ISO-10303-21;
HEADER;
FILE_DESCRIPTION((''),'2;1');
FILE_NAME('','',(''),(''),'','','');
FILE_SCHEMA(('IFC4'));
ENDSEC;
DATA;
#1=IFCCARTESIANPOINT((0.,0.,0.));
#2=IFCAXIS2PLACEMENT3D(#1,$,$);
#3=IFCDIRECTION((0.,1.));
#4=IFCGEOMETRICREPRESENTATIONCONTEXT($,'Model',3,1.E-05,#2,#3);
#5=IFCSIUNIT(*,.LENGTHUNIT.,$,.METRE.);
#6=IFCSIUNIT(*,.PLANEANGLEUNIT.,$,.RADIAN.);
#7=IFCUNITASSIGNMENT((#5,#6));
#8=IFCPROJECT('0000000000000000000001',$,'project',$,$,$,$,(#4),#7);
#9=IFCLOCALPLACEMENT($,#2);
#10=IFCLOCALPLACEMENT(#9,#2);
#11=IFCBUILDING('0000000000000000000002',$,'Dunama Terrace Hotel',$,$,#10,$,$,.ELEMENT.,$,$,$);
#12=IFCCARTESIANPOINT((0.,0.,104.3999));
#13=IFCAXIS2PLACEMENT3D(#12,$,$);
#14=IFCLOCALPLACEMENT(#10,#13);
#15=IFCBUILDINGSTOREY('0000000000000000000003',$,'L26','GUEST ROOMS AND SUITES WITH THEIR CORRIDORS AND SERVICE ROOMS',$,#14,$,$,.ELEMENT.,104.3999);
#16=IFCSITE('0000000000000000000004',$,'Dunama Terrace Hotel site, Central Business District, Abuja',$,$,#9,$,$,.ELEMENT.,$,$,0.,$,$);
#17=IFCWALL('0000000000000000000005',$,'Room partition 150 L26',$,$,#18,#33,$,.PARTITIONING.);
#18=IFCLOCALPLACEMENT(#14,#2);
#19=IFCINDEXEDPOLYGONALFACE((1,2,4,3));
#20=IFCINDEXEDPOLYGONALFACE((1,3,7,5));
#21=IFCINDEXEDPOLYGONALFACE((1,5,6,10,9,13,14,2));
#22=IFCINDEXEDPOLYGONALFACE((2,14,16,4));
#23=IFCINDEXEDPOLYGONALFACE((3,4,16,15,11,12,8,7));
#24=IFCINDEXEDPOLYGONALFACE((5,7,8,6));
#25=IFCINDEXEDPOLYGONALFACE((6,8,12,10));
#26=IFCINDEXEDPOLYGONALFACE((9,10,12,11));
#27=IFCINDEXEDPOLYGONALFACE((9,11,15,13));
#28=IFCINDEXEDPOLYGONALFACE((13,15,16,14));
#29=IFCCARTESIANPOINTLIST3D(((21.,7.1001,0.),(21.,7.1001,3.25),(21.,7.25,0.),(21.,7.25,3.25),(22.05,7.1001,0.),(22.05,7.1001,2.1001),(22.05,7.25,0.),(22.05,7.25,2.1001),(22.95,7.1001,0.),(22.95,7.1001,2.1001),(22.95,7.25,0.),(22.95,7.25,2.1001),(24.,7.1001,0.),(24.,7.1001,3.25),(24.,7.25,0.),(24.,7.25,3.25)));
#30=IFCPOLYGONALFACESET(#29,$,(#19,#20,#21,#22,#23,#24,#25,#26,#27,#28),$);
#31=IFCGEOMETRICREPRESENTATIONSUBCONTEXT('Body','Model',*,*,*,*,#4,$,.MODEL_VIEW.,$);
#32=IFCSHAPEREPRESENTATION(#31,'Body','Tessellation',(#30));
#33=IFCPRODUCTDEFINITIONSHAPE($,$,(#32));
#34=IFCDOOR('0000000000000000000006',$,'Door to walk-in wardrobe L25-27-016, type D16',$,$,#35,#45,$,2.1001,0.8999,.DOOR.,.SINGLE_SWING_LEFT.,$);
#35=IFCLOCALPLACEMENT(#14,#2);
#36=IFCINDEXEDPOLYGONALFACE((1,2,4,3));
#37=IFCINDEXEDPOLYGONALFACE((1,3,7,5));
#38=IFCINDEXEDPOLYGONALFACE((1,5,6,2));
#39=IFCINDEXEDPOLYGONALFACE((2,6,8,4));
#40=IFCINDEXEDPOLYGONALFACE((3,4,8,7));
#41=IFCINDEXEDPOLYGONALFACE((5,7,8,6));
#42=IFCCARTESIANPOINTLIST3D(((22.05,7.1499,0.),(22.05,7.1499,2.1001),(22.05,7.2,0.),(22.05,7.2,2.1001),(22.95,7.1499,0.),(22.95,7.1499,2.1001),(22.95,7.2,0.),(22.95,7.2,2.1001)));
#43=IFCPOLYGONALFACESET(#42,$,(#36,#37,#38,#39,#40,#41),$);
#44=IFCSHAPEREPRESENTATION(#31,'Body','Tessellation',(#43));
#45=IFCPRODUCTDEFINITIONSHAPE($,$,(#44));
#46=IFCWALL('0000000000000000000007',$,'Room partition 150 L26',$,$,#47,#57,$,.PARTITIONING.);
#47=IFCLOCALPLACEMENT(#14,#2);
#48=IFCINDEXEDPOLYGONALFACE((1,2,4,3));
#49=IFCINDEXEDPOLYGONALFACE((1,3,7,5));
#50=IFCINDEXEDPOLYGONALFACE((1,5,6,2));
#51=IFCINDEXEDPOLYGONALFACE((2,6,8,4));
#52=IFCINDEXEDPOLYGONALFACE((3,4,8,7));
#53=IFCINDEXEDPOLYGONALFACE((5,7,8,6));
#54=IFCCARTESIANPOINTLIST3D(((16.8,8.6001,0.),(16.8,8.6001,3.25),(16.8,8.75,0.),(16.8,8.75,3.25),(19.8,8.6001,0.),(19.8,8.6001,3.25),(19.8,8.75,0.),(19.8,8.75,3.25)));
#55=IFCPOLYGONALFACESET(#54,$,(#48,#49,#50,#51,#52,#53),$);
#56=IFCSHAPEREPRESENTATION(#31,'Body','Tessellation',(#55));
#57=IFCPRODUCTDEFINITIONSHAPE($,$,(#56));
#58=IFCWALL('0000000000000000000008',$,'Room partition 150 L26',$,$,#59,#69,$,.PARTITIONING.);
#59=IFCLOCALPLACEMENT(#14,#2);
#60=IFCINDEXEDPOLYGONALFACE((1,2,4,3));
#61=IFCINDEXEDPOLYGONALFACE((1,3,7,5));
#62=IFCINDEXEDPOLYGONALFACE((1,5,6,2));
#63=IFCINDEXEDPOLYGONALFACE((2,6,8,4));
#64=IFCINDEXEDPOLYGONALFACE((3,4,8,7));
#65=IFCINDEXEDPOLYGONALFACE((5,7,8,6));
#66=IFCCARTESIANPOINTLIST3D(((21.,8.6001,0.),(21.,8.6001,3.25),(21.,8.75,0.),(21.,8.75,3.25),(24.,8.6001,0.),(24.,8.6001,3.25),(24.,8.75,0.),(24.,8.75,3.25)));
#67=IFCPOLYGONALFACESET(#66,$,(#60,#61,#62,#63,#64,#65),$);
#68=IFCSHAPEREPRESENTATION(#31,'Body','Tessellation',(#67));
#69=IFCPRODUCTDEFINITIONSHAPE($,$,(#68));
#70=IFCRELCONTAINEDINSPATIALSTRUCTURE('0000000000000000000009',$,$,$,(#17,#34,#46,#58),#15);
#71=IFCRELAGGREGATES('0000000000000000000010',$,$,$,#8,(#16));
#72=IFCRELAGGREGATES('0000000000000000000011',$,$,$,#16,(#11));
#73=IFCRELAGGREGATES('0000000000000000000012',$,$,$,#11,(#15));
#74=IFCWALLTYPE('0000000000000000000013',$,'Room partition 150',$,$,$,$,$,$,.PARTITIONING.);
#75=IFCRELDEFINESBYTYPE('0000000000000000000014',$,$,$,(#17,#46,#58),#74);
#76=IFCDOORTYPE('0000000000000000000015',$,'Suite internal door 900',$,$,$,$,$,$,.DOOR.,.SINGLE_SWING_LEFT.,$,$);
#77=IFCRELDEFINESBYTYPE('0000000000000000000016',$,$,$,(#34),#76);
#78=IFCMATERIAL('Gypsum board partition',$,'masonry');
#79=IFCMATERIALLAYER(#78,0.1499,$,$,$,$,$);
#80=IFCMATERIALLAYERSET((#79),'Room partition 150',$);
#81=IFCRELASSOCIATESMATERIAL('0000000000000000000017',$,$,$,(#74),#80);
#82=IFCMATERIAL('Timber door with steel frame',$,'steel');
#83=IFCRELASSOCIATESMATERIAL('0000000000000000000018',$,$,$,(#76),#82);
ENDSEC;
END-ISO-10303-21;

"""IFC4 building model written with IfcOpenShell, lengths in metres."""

from ifc_helpers import new_model, si_unit, direction, frame, frame_2d, origin, place, context, subcontext, project, spatial, rectangle, extrude, material, layer, layer_set, type_object, element, fill, save


model = new_model("IFC4")

# Units and contexts
model_context = context("Model", 3, precision=1e-05, world=origin(), true_north=direction((0.0, 1.0)))
body_context = subcontext(model_context, "Body", "Model", "MODEL_VIEW")
ifc_project = project(units=[si_unit("LENGTHUNIT", "METRE"), si_unit("PLANEANGLEUNIT", "RADIAN")], contexts=[model_context])

# Site, building, storey
site_placement = place(None, origin())
site = spatial("IfcSite", under=ifc_project, at=site_placement, Name="Dunama Terrace Hotel site, Central Business District, Abuja", CompositionType="ELEMENT", RefElevation=0.0)
building_placement = place(site_placement, origin())
building = spatial("IfcBuilding", under=site, at=building_placement, Name="Dunama Terrace Hotel", CompositionType="ELEMENT")
storey_placement = place(building_placement, frame((0.0, 0.0, 104.3999)))
storey = spatial("IfcBuildingStorey", under=building, at=storey_placement, Name="L26", Description="GUEST ROOMS AND SUITES WITH THEIR CORRIDORS AND SERVICE ROOMS", CompositionType="ELEMENT", Elevation=104.3999)

# Shared definitions
ifc_material_1 = material(Name="Gypsum board partition", Category="masonry")
ifc_layer_1 = layer(ifc_material_1, 0.1499)
ifc_layer_set_1 = layer_set([ifc_layer_1], Name="Room partition 150")
wall_type_1 = type_object("IfcWallType", Name="Room partition 150", PredefinedType="PARTITIONING", material=ifc_layer_set_1)

# Wall, opening, door
ifc_material_2 = material(Name="Timber door with steel frame", Category="steel")
door_type_1 = type_object("IfcDoorType", Name="Suite internal door 900", OperationType="SINGLE_SWING_LEFT", PredefinedType="DOOR", material=ifc_material_2)
wall_1_placement = place(storey_placement, frame((21.0, 7.175, 0.0), z_axis=(0.0, 0.0, 1.0), x_axis=(1.0, 0.0, 0.0)))
wall_1 = element("IfcWall", 1, at=wall_1_placement, inside=storey, type_object=wall_type_1, Name="Room partition 150 L26", PredefinedType="PARTITIONING", context=body_context, shape_type="SweptSolid", body=[
    extrude(rectangle(XDim=3.0, YDim=0.1499, at=frame_2d((1.5, 0.0))), origin(), (0.0, 0.0, 1.0), 3.25),
])
opening_1_placement = place(wall_1_placement, frame((1.05, 0.0, 0.0)))
opening_1 = element("IfcOpeningElement", 2, at=opening_1_placement, cuts=wall_1, PredefinedType="OPENING", context=body_context, shape_type="SweptSolid", body=[
    extrude(rectangle(XDim=0.8999, YDim=2.1001, at=frame_2d((0.45, 1.05))), frame((0.0, 0.085, 0.0), z_axis=(0.0, -1.0, 0.0), x_axis=(1.0, 0.0, 0.0)), (0.0, 0.0, 1.0), 0.1699),
])
door_1_placement = place(opening_1_placement, origin())
door_1 = element("IfcDoor", 3, at=door_1_placement, inside=storey, type_object=door_type_1, Name="Door to walk-in wardrobe L25-27-016, type D16", OperationType="SINGLE_SWING_LEFT", OverallHeight=2.1001, OverallWidth=0.8999, PredefinedType="DOOR", context=body_context, shape_type="SweptSolid", body=[
    extrude(rectangle(XDim=0.8999, YDim=2.1001, at=frame_2d((0.45, 1.05))), frame((0.0, 0.0249, 0.0), z_axis=(0.0, -1.0, 0.0), x_axis=(1.0, 0.0, 0.0)), (0.0, 0.0, 1.0), 0.05),
])
fill(opening_1, door_1)

# Walls
for number, where, z_axis, x_axis, name in (
    (4, (16.8, 8.675, 0.0), (0.0, 0.0, 1.0), (1.0, 0.0, 0.0), "Room partition 150 L26"),
    (5, (21.0, 8.675, 0.0), (0.0, 0.0, 1.0), (1.0, 0.0, 0.0), "Room partition 150 L26"),
):
    element("IfcWall", number, at=place(storey_placement, frame(where, z_axis=z_axis, x_axis=x_axis)), inside=storey, type_object=wall_type_1, Name=name, PredefinedType="PARTITIONING", context=body_context, shape_type="SweptSolid", body=[
        extrude(rectangle(XDim=3.0, YDim=0.1499, at=frame_2d((1.5, 0.0))), origin(), (0.0, 0.0, 1.0), 3.25),
    ])

save(model, "model.ifc")
